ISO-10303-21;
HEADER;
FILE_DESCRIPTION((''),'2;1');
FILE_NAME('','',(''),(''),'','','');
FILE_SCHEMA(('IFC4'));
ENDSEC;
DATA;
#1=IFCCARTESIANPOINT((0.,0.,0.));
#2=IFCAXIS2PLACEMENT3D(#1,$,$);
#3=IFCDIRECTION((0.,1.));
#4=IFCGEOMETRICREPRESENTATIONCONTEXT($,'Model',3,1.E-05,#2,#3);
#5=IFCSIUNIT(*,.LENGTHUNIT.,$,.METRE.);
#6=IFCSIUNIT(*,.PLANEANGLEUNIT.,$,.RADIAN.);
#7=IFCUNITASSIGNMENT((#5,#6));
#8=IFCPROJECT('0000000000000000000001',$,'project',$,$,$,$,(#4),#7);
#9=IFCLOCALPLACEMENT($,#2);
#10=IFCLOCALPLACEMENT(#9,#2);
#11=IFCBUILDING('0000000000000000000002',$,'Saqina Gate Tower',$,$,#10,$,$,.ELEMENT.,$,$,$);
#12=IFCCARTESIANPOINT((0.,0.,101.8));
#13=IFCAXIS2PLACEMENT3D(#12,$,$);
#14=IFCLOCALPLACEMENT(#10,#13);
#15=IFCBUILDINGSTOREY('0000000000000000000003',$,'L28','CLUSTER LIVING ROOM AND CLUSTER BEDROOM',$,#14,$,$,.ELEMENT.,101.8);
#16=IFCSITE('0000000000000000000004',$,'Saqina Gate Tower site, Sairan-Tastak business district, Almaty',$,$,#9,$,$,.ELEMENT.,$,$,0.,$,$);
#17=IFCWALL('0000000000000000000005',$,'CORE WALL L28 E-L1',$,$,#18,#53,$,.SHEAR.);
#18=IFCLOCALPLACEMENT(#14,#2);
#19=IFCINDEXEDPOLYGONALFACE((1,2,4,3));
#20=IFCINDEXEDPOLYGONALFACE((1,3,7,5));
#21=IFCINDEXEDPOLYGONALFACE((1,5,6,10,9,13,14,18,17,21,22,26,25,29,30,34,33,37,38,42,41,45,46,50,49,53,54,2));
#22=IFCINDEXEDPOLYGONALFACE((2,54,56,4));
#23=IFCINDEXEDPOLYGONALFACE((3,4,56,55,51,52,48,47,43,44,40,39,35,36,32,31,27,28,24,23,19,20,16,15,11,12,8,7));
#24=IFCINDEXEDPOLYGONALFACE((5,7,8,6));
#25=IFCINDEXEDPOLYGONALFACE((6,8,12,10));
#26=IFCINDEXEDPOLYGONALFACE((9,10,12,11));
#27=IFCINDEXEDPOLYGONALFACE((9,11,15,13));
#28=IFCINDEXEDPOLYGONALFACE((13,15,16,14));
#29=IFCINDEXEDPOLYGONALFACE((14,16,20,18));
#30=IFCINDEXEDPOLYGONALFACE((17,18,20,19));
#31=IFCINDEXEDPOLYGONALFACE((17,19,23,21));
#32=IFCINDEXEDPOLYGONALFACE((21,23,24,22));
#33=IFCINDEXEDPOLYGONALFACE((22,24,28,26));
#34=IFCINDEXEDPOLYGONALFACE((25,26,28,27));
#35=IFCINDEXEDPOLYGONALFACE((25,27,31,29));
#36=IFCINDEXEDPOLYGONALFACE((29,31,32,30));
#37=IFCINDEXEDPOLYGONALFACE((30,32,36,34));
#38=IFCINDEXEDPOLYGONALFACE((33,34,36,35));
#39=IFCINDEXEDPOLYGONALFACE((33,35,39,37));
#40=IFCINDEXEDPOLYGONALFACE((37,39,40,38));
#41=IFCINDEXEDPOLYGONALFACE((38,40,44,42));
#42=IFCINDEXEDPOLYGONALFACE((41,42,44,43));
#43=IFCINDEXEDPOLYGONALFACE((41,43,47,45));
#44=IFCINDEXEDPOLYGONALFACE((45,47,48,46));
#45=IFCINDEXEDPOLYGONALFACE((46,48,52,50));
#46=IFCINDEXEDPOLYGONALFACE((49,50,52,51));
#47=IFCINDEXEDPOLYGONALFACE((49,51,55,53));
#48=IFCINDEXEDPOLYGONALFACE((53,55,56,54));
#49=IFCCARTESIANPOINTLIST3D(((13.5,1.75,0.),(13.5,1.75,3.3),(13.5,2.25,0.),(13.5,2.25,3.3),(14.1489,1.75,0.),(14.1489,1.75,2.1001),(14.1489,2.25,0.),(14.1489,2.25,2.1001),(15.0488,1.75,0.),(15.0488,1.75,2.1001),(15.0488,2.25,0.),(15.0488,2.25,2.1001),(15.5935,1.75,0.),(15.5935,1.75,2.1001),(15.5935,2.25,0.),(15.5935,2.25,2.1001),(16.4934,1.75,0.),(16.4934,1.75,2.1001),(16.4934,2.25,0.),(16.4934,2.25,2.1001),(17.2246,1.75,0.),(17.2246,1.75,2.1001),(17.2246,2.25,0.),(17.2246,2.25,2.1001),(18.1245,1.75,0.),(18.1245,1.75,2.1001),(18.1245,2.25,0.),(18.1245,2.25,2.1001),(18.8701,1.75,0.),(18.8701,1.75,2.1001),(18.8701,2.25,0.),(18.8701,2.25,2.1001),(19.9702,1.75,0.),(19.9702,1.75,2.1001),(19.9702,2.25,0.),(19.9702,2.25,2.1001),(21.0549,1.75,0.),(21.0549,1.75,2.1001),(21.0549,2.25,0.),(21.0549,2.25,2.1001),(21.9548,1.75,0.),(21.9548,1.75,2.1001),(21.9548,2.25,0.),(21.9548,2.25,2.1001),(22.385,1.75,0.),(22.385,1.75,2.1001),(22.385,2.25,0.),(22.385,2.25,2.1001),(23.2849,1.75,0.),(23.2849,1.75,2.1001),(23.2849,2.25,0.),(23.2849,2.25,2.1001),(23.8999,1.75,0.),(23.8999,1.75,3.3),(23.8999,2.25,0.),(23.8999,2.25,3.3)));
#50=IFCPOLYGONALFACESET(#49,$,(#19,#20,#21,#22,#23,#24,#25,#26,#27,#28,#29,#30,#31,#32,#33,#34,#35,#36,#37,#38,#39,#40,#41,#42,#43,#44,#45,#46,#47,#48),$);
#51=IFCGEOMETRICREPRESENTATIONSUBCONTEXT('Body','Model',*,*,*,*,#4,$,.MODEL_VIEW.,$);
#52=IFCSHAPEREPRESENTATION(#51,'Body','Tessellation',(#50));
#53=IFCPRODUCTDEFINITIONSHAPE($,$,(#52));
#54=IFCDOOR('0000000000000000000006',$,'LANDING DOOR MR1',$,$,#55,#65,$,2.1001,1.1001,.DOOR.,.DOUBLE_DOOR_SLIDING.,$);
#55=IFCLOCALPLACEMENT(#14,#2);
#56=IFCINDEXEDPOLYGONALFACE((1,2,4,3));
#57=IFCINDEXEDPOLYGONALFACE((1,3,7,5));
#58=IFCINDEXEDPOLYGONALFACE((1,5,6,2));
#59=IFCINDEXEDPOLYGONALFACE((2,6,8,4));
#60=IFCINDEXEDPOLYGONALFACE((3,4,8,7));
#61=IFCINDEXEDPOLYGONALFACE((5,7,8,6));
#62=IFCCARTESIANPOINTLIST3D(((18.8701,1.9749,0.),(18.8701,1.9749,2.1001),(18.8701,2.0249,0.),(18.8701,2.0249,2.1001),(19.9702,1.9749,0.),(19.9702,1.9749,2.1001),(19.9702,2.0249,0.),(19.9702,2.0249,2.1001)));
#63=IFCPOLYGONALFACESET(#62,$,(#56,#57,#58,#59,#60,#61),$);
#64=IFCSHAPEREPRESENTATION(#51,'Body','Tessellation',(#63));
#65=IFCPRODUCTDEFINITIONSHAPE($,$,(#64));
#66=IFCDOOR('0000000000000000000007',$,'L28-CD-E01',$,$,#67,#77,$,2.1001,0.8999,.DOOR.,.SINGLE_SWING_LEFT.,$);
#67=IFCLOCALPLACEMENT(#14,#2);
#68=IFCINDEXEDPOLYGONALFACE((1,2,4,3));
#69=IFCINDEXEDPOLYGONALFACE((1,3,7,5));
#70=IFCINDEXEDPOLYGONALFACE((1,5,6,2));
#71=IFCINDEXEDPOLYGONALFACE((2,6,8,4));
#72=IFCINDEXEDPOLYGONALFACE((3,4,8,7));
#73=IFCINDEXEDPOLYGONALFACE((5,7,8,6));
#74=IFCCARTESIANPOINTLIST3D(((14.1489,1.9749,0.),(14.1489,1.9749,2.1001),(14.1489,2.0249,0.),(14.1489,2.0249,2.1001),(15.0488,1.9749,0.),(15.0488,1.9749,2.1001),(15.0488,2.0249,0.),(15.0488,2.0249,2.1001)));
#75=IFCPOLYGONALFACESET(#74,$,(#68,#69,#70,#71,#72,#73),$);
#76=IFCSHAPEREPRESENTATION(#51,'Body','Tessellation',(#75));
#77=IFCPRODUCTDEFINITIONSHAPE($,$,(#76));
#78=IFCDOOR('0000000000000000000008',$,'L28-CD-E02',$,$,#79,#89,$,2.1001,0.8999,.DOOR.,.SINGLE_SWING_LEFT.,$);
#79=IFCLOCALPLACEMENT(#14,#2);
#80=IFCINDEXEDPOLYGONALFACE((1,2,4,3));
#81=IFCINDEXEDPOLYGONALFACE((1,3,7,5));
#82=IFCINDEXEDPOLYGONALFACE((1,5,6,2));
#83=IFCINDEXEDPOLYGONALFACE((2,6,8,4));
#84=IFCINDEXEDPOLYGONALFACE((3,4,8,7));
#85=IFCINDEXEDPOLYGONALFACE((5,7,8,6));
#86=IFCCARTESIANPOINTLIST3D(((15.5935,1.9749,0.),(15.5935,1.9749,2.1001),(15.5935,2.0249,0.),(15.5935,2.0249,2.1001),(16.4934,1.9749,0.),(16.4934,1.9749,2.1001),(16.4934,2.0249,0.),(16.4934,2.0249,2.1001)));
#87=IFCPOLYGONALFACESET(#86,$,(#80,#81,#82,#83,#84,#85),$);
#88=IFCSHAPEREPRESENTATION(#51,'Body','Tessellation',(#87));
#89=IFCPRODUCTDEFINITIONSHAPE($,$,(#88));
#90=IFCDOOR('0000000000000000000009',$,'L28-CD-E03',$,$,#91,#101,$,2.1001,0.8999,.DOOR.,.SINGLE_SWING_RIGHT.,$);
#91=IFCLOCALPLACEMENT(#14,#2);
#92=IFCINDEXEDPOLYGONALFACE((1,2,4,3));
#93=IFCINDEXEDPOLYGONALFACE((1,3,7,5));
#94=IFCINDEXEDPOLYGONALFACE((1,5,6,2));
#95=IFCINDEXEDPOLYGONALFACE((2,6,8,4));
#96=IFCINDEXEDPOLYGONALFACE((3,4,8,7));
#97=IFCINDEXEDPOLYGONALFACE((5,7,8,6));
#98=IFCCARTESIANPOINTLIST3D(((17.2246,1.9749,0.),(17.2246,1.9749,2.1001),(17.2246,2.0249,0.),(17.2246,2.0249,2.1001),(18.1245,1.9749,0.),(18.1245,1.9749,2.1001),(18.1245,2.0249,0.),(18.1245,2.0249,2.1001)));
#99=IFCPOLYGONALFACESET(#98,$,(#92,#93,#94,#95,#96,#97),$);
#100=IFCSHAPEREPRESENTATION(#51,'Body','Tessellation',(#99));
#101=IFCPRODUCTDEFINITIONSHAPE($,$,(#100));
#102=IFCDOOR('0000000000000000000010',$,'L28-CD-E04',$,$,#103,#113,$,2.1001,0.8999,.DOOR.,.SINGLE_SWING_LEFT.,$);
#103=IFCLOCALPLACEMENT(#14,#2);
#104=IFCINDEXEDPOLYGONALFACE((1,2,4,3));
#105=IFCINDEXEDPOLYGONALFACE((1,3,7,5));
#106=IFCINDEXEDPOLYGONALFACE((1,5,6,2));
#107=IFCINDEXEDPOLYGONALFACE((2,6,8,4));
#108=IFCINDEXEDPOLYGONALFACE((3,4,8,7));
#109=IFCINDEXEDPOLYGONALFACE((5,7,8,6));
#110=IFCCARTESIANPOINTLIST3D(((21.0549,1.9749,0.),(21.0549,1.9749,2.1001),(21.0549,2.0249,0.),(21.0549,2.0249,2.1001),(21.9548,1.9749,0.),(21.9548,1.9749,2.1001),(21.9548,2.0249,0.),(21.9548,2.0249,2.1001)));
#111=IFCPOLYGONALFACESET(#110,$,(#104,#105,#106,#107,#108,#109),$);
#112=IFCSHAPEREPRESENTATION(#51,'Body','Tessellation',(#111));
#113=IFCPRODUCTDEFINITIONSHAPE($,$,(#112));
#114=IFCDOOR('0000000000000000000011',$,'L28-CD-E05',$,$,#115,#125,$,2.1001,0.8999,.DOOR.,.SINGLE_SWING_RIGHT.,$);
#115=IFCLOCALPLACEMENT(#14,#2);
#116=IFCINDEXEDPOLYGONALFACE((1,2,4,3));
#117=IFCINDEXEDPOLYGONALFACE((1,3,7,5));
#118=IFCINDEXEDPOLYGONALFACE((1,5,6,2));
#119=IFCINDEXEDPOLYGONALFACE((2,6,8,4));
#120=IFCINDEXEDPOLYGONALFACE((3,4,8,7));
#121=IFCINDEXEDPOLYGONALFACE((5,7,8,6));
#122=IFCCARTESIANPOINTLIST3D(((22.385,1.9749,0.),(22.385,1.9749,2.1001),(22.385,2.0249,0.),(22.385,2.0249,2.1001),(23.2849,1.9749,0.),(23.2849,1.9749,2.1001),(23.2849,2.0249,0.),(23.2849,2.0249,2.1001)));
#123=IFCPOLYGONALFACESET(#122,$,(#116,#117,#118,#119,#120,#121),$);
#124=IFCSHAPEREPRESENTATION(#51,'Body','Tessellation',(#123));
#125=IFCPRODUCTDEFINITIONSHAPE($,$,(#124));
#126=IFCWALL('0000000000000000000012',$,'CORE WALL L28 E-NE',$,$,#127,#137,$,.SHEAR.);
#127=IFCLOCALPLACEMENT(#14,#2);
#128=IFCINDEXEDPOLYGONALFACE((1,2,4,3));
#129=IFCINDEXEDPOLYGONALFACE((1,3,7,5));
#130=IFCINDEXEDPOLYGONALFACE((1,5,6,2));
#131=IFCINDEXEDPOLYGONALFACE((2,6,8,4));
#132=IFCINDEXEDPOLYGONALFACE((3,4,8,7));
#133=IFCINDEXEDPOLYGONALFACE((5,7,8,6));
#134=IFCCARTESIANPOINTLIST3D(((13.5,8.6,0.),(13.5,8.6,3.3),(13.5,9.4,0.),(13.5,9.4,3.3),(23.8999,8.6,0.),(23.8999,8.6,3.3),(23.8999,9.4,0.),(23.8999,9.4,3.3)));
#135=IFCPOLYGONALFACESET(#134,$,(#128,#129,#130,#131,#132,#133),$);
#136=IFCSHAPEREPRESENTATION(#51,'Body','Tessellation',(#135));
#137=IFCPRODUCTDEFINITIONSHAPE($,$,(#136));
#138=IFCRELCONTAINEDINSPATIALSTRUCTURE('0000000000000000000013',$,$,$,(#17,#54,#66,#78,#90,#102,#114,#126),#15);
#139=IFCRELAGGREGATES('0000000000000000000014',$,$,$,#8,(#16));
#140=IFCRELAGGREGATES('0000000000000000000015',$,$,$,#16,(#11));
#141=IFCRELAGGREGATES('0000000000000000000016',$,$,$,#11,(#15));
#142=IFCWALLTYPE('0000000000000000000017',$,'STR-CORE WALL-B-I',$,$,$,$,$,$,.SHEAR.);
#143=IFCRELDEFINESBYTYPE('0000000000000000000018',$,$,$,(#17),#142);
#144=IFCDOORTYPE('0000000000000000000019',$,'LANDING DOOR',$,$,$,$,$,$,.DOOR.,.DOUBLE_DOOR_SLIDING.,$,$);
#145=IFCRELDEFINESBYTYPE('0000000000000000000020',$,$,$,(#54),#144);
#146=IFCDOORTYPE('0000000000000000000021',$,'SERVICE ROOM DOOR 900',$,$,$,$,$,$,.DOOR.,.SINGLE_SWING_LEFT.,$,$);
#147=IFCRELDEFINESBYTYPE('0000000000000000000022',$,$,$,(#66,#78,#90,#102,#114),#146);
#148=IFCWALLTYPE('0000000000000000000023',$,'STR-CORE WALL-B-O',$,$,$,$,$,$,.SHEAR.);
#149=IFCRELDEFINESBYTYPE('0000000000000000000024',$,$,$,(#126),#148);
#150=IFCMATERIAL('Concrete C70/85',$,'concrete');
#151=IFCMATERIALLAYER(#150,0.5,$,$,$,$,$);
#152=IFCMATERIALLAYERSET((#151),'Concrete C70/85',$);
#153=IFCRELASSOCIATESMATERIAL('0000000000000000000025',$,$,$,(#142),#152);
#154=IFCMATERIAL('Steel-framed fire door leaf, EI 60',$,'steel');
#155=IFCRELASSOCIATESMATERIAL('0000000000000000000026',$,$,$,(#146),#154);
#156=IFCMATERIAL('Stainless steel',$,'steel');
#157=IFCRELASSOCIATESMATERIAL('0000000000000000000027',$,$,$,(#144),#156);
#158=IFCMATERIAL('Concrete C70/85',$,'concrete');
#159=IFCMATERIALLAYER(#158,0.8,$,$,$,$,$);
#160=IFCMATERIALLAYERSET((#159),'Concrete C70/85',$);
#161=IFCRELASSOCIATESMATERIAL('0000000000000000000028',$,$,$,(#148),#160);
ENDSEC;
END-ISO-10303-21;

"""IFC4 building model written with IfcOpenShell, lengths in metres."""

from ifc_helpers import new_model, si_unit, direction, frame, frame_2d, origin, place, context, subcontext, project, spatial, rectangle, extrude, material, layer, layer_set, type_object, element, fill, save


model = new_model("IFC4")

# Units and contexts
model_context = context("Model", 3, precision=1e-05, world=origin(), true_north=direction((0.0, 1.0)))
body_context = subcontext(model_context, "Body", "Model", "MODEL_VIEW")
ifc_project = project(units=[si_unit("LENGTHUNIT", "METRE"), si_unit("PLANEANGLEUNIT", "RADIAN")], contexts=[model_context])

# Site, building, storey
site_placement = place(None, origin())
site = spatial("IfcSite", under=ifc_project, at=site_placement, Name="Saqina Gate Tower site, Sairan-Tastak business district, Almaty", CompositionType="ELEMENT", RefElevation=0.0)
building_placement = place(site_placement, origin())
building = spatial("IfcBuilding", under=site, at=building_placement, Name="Saqina Gate Tower", CompositionType="ELEMENT")
storey_placement = place(building_placement, frame((0.0, 0.0, 101.8)))
storey = spatial("IfcBuildingStorey", under=building, at=storey_placement, Name="L28", Description="CLUSTER LIVING ROOM AND CLUSTER BEDROOM", CompositionType="ELEMENT", Elevation=101.8)

# Shared definitions
ifc_material_1 = material(Name="Concrete C70/85", Category="concrete")
ifc_layer_1 = layer(ifc_material_1, 0.5)
ifc_layer_set_1 = layer_set([ifc_layer_1], Name="Concrete C70/85")
wall_type_1 = type_object("IfcWallType", Name="STR-CORE WALL-B-I", PredefinedType="SHEAR", material=ifc_layer_set_1)
ifc_material_2 = material(Name="Steel-framed fire door leaf, EI 60", Category="steel")
door_type_1 = type_object("IfcDoorType", Name="SERVICE ROOM DOOR 900", OperationType="SINGLE_SWING_LEFT", PredefinedType="DOOR", material=ifc_material_2)

# Wall, openings, doors
wall_1_placement = place(storey_placement, frame((13.5, 2.0, 0.0), z_axis=(0.0, 0.0, 1.0), x_axis=(1.0, 0.0, 0.0)))
wall_1 = element("IfcWall", 1, at=wall_1_placement, inside=storey, type_object=wall_type_1, Name="CORE WALL L28 E-L1", PredefinedType="SHEAR", context=body_context, shape_type="SweptSolid", body=[
    extrude(rectangle(XDim=10.3999, YDim=0.5, at=frame_2d((5.2, 0.0))), origin(), (0.0, 0.0, 1.0), 3.3),
])
opening_1_placement = place(wall_1_placement, frame((5.3701, 0.0, 0.0)))
opening_1 = element("IfcOpeningElement", 2, at=opening_1_placement, cuts=wall_1, PredefinedType="OPENING", context=body_context, shape_type="SweptSolid", body=[
    extrude(rectangle(XDim=1.1001, YDim=2.1001, at=frame_2d((0.55, 1.05))), frame((0.0, 0.262, 0.0), z_axis=(0.0, -1.0, 0.0), x_axis=(1.0, 0.0, 0.0)), (0.0, 0.0, 1.0), 0.5239),
])
opening_2_placement = place(wall_1_placement, frame((0.6489, 0.0, 0.0)))
opening_2 = element("IfcOpeningElement", 3, at=opening_2_placement, cuts=wall_1, PredefinedType="OPENING", context=body_context, shape_type="SweptSolid", body=[
    extrude(rectangle(XDim=0.8999, YDim=2.1001, at=frame_2d((0.45, 1.05))), frame((0.0, 0.262, 0.0), z_axis=(0.0, -1.0, 0.0), x_axis=(1.0, 0.0, 0.0)), (0.0, 0.0, 1.0), 0.5239),
])
opening_3_placement = place(wall_1_placement, frame((2.0935, 0.0, 0.0)))
opening_3 = element("IfcOpeningElement", 4, at=opening_3_placement, cuts=wall_1, PredefinedType="OPENING", context=body_context, shape_type="SweptSolid", body=[
    extrude(rectangle(XDim=0.8999, YDim=2.1001, at=frame_2d((0.45, 1.05))), frame((0.0, 0.262, 0.0), z_axis=(0.0, -1.0, 0.0), x_axis=(1.0, 0.0, 0.0)), (0.0, 0.0, 1.0), 0.5239),
])
opening_4_placement = place(wall_1_placement, frame((3.7246, 0.0, 0.0)))
opening_4 = element("IfcOpeningElement", 5, at=opening_4_placement, cuts=wall_1, PredefinedType="OPENING", context=body_context, shape_type="SweptSolid", body=[
    extrude(rectangle(XDim=0.8999, YDim=2.1001, at=frame_2d((0.45, 1.05))), frame((0.0, 0.262, 0.0), z_axis=(0.0, -1.0, 0.0), x_axis=(1.0, 0.0, 0.0)), (0.0, 0.0, 1.0), 0.5239),
])
opening_5_placement = place(wall_1_placement, frame((7.5549, 0.0, 0.0)))
opening_5 = element("IfcOpeningElement", 6, at=opening_5_placement, cuts=wall_1, PredefinedType="OPENING", context=body_context, shape_type="SweptSolid", body=[
    extrude(rectangle(XDim=0.8999, YDim=2.1001, at=frame_2d((0.45, 1.05))), frame((0.0, 0.262, 0.0), z_axis=(0.0, -1.0, 0.0), x_axis=(1.0, 0.0, 0.0)), (0.0, 0.0, 1.0), 0.5239),
])
opening_6_placement = place(wall_1_placement, frame((8.885, 0.0, 0.0)))
opening_6 = element("IfcOpeningElement", 7, at=opening_6_placement, cuts=wall_1, PredefinedType="OPENING", context=body_context, shape_type="SweptSolid", body=[
    extrude(rectangle(XDim=0.8999, YDim=2.1001, at=frame_2d((0.45, 1.05))), frame((0.0, 0.262, 0.0), z_axis=(0.0, -1.0, 0.0), x_axis=(1.0, 0.0, 0.0)), (0.0, 0.0, 1.0), 0.5239),
])
ifc_material_3 = material(Name="Stainless steel", Category="steel")
door_type_2 = type_object("IfcDoorType", Name="LANDING DOOR", OperationType="DOUBLE_DOOR_SLIDING", PredefinedType="DOOR", material=ifc_material_3)
door_1_placement = place(opening_1_placement, origin())
door_1 = element("IfcDoor", 8, at=door_1_placement, inside=storey, type_object=door_type_2, Name="LANDING DOOR MR1", OperationType="DOUBLE_DOOR_SLIDING", OverallHeight=2.1001, OverallWidth=1.1001, PredefinedType="DOOR", context=body_context, shape_type="SweptSolid", body=[
    extrude(rectangle(XDim=1.1001, YDim=2.1001, at=frame_2d((0.55, 1.05))), frame((0.0, 0.0249, 0.0), z_axis=(0.0, -1.0, 0.0), x_axis=(1.0, 0.0, 0.0)), (0.0, 0.0, 1.0), 0.05),
])
fill(opening_1, door_1)
door_2_placement = place(opening_2_placement, origin())
door_2 = element("IfcDoor", 9, at=door_2_placement, inside=storey, type_object=door_type_1, Name="L28-CD-E01", OperationType="SINGLE_SWING_LEFT", OverallHeight=2.1001, OverallWidth=0.8999, PredefinedType="DOOR", context=body_context, shape_type="SweptSolid", body=[
    extrude(rectangle(XDim=0.8999, YDim=2.1001, at=frame_2d((0.45, 1.05))), frame((0.0, 0.0249, 0.0), z_axis=(0.0, -1.0, 0.0), x_axis=(1.0, 0.0, 0.0)), (0.0, 0.0, 1.0), 0.05),
])
fill(opening_2, door_2)
door_3_placement = place(opening_3_placement, origin())
door_3 = element("IfcDoor", 10, at=door_3_placement, inside=storey, type_object=door_type_1, Name="L28-CD-E02", OperationType="SINGLE_SWING_LEFT", OverallHeight=2.1001, OverallWidth=0.8999, PredefinedType="DOOR", context=body_context, shape_type="SweptSolid", body=[
    extrude(rectangle(XDim=0.8999, YDim=2.1001, at=frame_2d((0.45, 1.05))), frame((0.0, 0.0249, 0.0), z_axis=(0.0, -1.0, 0.0), x_axis=(1.0, 0.0, 0.0)), (0.0, 0.0, 1.0), 0.05),
])
fill(opening_3, door_3)
door_4_placement = place(opening_4_placement, origin())
door_4 = element("IfcDoor", 11, at=door_4_placement, inside=storey, type_object=door_type_1, Name="L28-CD-E03", OperationType="SINGLE_SWING_RIGHT", OverallHeight=2.1001, OverallWidth=0.8999, PredefinedType="DOOR", context=body_context, shape_type="SweptSolid", body=[
    extrude(rectangle(XDim=0.8999, YDim=2.1001, at=frame_2d((0.45, 1.05))), frame((0.0, 0.0249, 0.0), z_axis=(0.0, -1.0, 0.0), x_axis=(1.0, 0.0, 0.0)), (0.0, 0.0, 1.0), 0.05),
])
fill(opening_4, door_4)
door_5_placement = place(opening_5_placement, origin())
door_5 = element("IfcDoor", 12, at=door_5_placement, inside=storey, type_object=door_type_1, Name="L28-CD-E04", OperationType="SINGLE_SWING_LEFT", OverallHeight=2.1001, OverallWidth=0.8999, PredefinedType="DOOR", context=body_context, shape_type="SweptSolid", body=[
    extrude(rectangle(XDim=0.8999, YDim=2.1001, at=frame_2d((0.45, 1.05))), frame((0.0, 0.0249, 0.0), z_axis=(0.0, -1.0, 0.0), x_axis=(1.0, 0.0, 0.0)), (0.0, 0.0, 1.0), 0.05),
])
fill(opening_5, door_5)
door_6_placement = place(opening_6_placement, origin())
door_6 = element("IfcDoor", 13, at=door_6_placement, inside=storey, type_object=door_type_1, Name="L28-CD-E05", OperationType="SINGLE_SWING_RIGHT", OverallHeight=2.1001, OverallWidth=0.8999, PredefinedType="DOOR", context=body_context, shape_type="SweptSolid", body=[
    extrude(rectangle(XDim=0.8999, YDim=2.1001, at=frame_2d((0.45, 1.05))), frame((0.0, 0.0249, 0.0), z_axis=(0.0, -1.0, 0.0), x_axis=(1.0, 0.0, 0.0)), (0.0, 0.0, 1.0), 0.05),
])
fill(opening_6, door_6)

# Wall
ifc_material_4 = material(Name="Concrete C70/85", Category="concrete")
ifc_layer_2 = layer(ifc_material_4, 0.8)
ifc_layer_set_2 = layer_set([ifc_layer_2], Name="Concrete C70/85")
wall_type_2 = type_object("IfcWallType", Name="STR-CORE WALL-B-O", PredefinedType="SHEAR", material=ifc_layer_set_2)
wall_2_placement = place(storey_placement, frame((13.5, 9.0, 0.0), z_axis=(0.0, 0.0, 1.0), x_axis=(1.0, 0.0, 0.0)))
element("IfcWall", 14, at=wall_2_placement, inside=storey, type_object=wall_type_2, Name="CORE WALL L28 E-NE", PredefinedType="SHEAR", context=body_context, shape_type="SweptSolid", body=[
    extrude(rectangle(XDim=10.3999, YDim=0.8, at=frame_2d((5.2, 0.0))), origin(), (0.0, 0.0, 1.0), 3.3),
])

save(model, "model.ifc")
